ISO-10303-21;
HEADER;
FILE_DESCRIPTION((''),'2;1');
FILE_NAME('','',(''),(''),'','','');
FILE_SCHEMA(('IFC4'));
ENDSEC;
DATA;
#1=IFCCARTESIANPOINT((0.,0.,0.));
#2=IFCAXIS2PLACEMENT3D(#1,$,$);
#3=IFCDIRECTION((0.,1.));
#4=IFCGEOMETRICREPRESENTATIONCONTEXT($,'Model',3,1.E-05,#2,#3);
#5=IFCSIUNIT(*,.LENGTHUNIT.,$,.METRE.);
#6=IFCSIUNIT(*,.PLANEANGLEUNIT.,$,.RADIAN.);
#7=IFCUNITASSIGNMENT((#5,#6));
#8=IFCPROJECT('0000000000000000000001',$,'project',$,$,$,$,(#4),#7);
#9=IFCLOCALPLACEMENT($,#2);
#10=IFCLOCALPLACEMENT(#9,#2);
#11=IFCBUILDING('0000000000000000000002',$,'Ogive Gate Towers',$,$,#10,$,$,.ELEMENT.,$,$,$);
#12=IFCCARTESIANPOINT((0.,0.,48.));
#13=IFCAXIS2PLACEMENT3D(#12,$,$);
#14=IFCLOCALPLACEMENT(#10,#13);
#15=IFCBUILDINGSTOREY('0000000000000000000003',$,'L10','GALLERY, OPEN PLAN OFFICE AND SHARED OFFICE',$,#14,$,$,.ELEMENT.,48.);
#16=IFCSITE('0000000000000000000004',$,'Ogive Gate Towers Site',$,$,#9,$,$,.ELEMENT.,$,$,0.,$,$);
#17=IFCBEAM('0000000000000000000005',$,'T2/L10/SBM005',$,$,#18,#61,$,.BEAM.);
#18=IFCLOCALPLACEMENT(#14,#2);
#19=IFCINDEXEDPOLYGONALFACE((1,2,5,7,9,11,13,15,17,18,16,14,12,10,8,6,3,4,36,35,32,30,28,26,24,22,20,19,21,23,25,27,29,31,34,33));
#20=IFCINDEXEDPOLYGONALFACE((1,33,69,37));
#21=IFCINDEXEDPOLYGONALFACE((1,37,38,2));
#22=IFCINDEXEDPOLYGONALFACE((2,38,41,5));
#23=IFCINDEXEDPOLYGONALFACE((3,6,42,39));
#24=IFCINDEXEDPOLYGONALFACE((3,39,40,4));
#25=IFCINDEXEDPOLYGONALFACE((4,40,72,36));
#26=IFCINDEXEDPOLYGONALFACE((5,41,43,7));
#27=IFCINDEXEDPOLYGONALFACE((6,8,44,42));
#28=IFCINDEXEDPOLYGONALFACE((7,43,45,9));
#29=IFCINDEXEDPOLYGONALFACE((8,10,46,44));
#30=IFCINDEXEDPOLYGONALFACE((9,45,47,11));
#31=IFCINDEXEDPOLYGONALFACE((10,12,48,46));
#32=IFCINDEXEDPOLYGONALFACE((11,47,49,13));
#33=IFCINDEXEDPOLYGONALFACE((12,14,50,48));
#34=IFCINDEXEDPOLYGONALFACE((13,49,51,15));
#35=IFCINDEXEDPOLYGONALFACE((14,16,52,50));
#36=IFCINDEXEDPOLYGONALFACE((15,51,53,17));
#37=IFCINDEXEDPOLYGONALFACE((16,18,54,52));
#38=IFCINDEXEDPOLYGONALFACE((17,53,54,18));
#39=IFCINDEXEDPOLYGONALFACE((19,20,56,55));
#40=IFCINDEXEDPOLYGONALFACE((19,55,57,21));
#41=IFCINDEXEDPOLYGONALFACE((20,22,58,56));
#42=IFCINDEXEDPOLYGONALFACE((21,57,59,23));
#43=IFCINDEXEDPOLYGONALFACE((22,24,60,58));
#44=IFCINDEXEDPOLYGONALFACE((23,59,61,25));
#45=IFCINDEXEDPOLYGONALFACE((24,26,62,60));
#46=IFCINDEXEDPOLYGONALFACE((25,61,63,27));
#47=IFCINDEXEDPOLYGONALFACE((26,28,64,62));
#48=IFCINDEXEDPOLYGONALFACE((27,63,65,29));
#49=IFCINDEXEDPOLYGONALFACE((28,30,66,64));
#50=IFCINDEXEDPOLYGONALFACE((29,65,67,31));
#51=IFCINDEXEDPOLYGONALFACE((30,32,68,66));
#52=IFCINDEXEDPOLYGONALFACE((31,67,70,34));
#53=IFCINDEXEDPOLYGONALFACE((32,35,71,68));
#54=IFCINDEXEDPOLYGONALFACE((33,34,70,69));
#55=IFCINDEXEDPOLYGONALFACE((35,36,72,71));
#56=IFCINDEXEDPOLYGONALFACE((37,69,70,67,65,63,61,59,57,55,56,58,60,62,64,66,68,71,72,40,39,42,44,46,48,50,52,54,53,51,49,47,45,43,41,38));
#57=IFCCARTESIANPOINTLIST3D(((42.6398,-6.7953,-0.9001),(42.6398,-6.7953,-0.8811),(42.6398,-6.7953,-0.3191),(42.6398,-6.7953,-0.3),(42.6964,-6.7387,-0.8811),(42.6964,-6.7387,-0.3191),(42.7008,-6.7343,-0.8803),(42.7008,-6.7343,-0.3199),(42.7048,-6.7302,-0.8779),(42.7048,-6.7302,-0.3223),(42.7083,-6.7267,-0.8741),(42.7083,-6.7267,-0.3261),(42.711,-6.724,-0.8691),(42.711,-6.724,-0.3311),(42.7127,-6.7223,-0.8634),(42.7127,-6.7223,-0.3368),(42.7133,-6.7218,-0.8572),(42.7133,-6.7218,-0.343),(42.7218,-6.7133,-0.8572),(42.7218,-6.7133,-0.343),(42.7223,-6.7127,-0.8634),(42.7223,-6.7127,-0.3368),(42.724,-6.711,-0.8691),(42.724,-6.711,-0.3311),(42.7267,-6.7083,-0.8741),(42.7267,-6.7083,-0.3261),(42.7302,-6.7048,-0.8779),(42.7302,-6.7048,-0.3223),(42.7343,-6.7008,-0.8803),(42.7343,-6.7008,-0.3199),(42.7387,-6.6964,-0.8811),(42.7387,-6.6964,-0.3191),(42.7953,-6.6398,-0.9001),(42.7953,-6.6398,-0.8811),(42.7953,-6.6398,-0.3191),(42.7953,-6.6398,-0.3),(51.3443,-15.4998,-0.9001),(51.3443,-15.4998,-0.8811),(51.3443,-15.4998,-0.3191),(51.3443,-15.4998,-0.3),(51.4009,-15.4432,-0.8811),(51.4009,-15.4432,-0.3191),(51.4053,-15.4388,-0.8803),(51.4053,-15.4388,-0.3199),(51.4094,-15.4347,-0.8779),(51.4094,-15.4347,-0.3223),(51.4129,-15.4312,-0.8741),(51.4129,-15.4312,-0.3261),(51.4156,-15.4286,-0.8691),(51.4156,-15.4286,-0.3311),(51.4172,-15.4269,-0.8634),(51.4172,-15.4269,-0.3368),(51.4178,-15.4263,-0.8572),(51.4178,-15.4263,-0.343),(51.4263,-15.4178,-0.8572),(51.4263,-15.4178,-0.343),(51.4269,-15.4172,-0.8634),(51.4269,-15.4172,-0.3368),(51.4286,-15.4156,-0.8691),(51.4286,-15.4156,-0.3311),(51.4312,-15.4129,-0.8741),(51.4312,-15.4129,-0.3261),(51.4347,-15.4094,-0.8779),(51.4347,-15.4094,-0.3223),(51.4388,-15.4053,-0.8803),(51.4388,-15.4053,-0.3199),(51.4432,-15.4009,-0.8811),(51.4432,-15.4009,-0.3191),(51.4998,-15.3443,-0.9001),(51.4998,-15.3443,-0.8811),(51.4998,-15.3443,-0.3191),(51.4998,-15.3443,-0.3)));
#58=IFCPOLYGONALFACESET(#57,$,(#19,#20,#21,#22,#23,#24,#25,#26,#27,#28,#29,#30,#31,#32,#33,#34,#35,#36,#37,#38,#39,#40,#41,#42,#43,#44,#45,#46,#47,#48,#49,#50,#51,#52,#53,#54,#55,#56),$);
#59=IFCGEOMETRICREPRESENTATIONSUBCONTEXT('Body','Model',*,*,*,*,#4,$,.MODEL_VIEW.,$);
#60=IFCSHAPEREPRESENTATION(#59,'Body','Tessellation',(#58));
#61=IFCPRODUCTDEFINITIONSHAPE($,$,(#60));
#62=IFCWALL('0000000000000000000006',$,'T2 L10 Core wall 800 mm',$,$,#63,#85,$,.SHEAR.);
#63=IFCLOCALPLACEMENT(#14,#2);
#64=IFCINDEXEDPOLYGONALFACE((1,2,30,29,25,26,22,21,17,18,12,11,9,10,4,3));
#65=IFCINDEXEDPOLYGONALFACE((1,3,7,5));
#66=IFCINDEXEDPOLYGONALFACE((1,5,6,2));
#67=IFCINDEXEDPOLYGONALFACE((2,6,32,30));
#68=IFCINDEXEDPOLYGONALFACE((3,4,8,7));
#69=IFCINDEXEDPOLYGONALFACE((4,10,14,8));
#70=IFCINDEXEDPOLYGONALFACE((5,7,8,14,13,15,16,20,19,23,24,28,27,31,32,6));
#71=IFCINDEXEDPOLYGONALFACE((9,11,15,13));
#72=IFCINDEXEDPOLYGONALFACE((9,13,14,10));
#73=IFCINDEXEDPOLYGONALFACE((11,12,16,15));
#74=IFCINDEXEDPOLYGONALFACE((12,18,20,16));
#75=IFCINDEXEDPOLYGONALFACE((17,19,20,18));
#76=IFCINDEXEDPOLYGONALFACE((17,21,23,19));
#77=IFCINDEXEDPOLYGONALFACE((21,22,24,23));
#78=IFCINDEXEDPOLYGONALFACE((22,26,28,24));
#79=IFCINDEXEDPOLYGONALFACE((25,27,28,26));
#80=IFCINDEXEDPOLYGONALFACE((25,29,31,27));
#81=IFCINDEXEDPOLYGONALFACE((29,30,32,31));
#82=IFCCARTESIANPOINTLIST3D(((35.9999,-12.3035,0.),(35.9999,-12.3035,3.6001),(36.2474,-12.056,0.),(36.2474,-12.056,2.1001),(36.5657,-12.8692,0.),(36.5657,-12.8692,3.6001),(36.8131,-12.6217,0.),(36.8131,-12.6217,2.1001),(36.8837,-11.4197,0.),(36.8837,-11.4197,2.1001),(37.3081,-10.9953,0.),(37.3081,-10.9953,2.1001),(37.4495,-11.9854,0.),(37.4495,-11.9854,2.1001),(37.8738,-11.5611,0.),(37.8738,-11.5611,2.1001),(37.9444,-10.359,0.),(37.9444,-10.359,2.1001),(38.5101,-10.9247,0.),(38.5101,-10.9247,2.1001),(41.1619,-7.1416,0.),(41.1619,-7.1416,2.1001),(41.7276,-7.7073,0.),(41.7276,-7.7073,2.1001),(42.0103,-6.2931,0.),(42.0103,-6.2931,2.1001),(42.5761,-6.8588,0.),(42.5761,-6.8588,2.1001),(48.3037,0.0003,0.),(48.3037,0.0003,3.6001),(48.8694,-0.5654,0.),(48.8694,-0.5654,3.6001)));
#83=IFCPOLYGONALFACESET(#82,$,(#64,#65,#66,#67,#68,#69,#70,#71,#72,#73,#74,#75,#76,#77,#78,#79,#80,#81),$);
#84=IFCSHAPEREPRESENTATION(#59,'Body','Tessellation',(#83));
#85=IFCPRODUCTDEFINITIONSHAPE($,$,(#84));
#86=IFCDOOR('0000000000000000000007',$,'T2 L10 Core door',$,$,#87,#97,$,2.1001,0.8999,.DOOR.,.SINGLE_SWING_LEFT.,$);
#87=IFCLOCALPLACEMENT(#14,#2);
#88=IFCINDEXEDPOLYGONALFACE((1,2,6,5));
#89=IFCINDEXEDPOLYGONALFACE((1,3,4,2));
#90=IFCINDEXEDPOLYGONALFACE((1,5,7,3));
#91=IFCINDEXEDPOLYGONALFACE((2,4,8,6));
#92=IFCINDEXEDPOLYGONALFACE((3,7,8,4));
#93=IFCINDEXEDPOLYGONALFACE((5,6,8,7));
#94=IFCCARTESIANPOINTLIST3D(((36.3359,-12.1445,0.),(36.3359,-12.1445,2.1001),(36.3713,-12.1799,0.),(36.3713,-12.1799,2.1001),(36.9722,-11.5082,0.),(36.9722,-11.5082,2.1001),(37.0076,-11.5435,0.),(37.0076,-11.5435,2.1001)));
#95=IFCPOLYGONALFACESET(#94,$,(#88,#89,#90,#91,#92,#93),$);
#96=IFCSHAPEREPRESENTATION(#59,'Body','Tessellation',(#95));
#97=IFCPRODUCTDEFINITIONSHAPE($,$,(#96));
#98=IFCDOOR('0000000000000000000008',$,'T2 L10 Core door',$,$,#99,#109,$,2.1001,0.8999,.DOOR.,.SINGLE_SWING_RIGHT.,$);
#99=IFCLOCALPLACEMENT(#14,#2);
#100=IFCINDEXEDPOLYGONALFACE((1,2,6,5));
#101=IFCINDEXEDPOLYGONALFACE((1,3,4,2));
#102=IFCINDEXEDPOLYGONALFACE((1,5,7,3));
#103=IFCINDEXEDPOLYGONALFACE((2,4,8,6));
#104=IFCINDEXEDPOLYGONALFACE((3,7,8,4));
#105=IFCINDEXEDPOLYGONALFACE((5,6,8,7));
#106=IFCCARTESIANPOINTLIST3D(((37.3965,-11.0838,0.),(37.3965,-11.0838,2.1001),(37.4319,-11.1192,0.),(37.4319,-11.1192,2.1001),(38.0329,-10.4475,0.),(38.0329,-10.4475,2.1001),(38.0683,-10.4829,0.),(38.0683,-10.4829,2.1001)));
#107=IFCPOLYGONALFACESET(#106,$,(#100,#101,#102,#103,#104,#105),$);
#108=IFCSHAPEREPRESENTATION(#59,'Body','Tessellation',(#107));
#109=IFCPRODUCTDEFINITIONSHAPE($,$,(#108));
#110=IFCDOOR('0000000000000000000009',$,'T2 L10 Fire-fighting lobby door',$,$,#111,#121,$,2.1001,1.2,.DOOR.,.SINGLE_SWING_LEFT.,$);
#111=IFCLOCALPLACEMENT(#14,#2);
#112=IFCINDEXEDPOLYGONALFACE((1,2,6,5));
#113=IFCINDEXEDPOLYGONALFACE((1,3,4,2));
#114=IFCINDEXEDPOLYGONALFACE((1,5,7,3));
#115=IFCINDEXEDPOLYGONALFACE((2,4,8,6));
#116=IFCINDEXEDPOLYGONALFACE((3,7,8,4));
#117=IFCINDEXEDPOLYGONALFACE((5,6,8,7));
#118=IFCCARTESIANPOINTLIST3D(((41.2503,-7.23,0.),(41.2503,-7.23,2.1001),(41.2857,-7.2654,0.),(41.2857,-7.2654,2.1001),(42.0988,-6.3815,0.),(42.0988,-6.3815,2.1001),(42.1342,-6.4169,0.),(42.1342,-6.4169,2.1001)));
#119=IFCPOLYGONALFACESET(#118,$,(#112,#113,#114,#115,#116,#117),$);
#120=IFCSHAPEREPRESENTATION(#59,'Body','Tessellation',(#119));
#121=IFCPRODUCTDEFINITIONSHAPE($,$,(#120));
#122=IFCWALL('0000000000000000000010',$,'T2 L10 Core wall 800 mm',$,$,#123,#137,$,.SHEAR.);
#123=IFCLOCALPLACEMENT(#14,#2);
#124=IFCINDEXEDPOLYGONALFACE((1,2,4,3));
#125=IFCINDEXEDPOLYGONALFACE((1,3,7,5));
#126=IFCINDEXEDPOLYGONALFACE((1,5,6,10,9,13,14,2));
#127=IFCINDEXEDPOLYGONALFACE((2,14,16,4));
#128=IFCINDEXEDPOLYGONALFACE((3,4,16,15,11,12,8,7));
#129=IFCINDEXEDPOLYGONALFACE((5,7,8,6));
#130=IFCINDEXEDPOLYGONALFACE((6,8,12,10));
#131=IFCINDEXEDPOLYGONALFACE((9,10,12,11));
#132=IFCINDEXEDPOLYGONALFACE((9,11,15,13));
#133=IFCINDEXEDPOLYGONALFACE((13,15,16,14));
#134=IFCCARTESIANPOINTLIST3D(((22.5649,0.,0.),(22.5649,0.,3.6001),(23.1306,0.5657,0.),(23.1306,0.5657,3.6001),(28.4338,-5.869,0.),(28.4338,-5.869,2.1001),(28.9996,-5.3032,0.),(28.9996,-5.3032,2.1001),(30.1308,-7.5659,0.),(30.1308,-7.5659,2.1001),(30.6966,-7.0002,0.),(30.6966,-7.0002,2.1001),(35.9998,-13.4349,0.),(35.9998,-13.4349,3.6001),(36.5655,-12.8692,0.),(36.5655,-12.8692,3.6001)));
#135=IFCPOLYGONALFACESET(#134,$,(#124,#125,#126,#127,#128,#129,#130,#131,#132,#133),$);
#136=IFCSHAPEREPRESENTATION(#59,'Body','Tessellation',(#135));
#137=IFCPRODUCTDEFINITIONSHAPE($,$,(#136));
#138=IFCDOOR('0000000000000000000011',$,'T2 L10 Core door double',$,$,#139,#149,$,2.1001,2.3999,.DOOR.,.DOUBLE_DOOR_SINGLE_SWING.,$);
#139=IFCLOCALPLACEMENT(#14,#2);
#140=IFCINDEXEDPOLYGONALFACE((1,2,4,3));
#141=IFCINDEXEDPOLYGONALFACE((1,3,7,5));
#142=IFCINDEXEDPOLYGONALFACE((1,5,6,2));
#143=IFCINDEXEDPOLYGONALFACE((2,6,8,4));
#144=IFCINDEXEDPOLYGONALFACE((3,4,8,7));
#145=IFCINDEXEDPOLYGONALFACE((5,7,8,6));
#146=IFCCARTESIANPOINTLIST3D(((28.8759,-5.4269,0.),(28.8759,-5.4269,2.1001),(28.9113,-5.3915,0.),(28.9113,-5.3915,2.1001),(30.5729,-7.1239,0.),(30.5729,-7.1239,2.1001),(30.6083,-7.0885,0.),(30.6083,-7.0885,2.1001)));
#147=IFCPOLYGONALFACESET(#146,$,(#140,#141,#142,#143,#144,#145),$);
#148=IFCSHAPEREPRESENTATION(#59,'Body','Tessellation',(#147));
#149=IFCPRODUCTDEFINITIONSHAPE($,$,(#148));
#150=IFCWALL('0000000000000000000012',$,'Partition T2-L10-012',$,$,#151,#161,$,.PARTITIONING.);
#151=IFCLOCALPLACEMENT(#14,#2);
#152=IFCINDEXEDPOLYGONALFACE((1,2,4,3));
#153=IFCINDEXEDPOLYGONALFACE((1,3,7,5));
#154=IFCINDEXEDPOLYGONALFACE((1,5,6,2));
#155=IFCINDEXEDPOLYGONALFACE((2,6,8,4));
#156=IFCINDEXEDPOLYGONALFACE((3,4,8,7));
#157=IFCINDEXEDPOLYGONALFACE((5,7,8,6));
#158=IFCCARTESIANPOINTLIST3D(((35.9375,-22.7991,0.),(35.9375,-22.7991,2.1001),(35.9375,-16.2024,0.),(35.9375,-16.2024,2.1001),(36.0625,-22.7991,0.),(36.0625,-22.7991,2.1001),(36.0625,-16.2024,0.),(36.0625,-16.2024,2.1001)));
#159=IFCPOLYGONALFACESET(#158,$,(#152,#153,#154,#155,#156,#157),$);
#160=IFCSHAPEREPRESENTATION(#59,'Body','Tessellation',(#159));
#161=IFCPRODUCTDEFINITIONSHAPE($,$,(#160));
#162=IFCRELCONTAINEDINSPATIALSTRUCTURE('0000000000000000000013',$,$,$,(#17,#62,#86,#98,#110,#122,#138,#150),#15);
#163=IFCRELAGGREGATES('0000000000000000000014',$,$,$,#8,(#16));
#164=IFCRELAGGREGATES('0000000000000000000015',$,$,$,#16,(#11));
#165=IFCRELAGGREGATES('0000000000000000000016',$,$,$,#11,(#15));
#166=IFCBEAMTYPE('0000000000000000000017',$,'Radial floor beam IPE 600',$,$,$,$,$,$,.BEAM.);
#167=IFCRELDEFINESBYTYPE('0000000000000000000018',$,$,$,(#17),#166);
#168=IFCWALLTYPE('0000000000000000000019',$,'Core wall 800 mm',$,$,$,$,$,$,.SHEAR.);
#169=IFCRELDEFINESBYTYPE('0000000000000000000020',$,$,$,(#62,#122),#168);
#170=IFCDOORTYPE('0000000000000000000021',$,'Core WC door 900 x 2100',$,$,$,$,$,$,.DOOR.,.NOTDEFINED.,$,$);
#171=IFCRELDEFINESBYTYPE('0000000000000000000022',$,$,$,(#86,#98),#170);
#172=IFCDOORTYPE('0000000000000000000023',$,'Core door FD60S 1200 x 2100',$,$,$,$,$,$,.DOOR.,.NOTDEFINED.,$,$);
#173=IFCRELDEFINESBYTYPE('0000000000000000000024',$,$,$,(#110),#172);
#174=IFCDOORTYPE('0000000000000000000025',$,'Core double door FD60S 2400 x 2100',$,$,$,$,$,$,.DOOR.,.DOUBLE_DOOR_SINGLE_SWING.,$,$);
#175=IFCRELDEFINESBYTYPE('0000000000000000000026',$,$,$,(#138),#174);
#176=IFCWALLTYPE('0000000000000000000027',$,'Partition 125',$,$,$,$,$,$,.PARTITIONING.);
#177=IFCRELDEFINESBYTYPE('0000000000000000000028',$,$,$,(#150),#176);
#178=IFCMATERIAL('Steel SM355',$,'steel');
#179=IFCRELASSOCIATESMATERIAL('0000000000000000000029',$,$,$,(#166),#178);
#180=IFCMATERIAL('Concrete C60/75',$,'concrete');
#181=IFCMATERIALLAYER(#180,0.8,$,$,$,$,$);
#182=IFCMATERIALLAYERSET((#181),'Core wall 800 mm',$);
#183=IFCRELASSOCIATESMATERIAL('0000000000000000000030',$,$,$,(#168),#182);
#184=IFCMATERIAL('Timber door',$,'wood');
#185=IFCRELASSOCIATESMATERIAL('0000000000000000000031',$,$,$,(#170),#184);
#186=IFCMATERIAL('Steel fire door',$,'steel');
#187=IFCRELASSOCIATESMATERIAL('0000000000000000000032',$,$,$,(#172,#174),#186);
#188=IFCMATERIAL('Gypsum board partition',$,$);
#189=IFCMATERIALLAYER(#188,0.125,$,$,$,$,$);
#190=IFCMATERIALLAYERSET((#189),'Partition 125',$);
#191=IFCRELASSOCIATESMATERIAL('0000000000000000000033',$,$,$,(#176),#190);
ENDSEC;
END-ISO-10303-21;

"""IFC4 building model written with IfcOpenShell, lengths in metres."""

from ifc_helpers import new_model, si_unit, direction, frame, frame_2d, origin, origin_2d, place, context, subcontext, project, spatial, rectangle, i_section, extrude, material, layer, layer_set, material_profile, profile_set, type_object, element, fill, save


model = new_model("IFC4")

# Units and contexts
model_context = context("Model", 3, precision=1e-05, world=origin(), true_north=direction((0.0, 1.0)))
body_context = subcontext(model_context, "Body", "Model", "MODEL_VIEW")
ifc_project = project(units=[si_unit("LENGTHUNIT", "METRE"), si_unit("PLANEANGLEUNIT", "RADIAN")], contexts=[model_context])

# Site, building, storey
site_placement = place(None, origin())
site = spatial("IfcSite", under=ifc_project, at=site_placement, Name="Ogive Gate Towers Site", CompositionType="ELEMENT", RefElevation=0.0)
building_placement = place(site_placement, origin())
building = spatial("IfcBuilding", under=site, at=building_placement, Name="Ogive Gate Towers", CompositionType="ELEMENT")
storey_placement = place(building_placement, frame((0.0, 0.0, 48.0)))
storey = spatial("IfcBuildingStorey", under=building, at=storey_placement, Name="L10", Description="GALLERY, OPEN PLAN OFFICE AND SHARED OFFICE", CompositionType="ELEMENT", Elevation=48.0)

# Beam
ifc_material_1 = material(Name="Steel SM355", Category="steel")
ifc_material_profile_1 = material_profile(ifc_material_1, i_section(OverallWidth=0.22, OverallDepth=0.6001, WebThickness=0.012, FlangeThickness=0.019, FilletRadius=0.0239, at=origin_2d()), Name="IPE 600")
ifc_profile_set_1 = profile_set([ifc_material_profile_1], Name="Steel SM355")
beam_type_1 = type_object("IfcBeamType", Name="Radial floor beam IPE 600", PredefinedType="BEAM", material=ifc_profile_set_1)
beam_1_placement = place(storey_placement, frame((42.7175, -6.7175, -0.6001), z_axis=(0.707107, -0.707107, 0.0), x_axis=(0.707107, 0.707107, 0.0)))
element("IfcBeam", 1, at=beam_1_placement, inside=storey, type_object=beam_type_1, Name="T2/L10/SBM005", PredefinedType="BEAM", context=body_context, shape_type="SweptSolid", body=[
    extrude(i_section(OverallWidth=0.22, OverallDepth=0.6001, WebThickness=0.012, FlangeThickness=0.019, FilletRadius=0.0239, at=origin_2d()), origin(), (0.0, 0.0, 1.0), 12.3101),
])

# Wall, openings, doors
ifc_material_2 = material(Name="Concrete C60/75", Category="concrete")
ifc_layer_1 = layer(ifc_material_2, 0.8)
ifc_layer_set_1 = layer_set([ifc_layer_1], Name="Core wall 800 mm")
wall_type_1 = type_object("IfcWallType", Name="Core wall 800 mm", PredefinedType="SHEAR", material=ifc_layer_set_1)
wall_1_placement = place(storey_placement, frame((36.2827, -12.5864, 0.0), z_axis=(0.0, 0.0, 1.0), x_axis=(0.707107, 0.707107, 0.0)))
wall_1 = element("IfcWall", 2, at=wall_1_placement, inside=storey, type_object=wall_type_1, Name="T2 L10 Core wall 800 mm", PredefinedType="SHEAR", context=body_context, shape_type="SweptSolid", body=[
    extrude(rectangle(XDim=17.4001, YDim=0.8, at=frame_2d((8.7002, 0.0))), origin(), (0.0, 0.0, 1.0), 3.6001),
])
opening_1_placement = place(wall_1_placement, frame((7.3, 0.0, 0.0)))
opening_1 = element("IfcOpeningElement", 3, at=opening_1_placement, cuts=wall_1, PredefinedType="OPENING", context=body_context, shape_type="SweptSolid", body=[
    extrude(rectangle(XDim=1.2, YDim=2.1001, at=frame_2d((0.6001, 1.05))), frame((0.0, 0.4102, 0.0), z_axis=(0.0, -1.0, 0.0), x_axis=(1.0, 0.0, 0.0)), (0.0, 0.0, 1.0), 0.8201),
])
opening_2_placement = place(wall_1_placement, frame((0.3501, 0.0, 0.0)))
opening_2 = element("IfcOpeningElement", 4, at=opening_2_placement, cuts=wall_1, PredefinedType="OPENING", context=body_context, shape_type="SweptSolid", body=[
    extrude(rectangle(XDim=0.8999, YDim=2.1001, at=frame_2d((0.45, 1.05))), frame((0.0, 0.4102, 0.0), z_axis=(0.0, -1.0, 0.0), x_axis=(1.0, 0.0, 0.0)), (0.0, 0.0, 1.0), 0.8201),
])
opening_3_placement = place(wall_1_placement, frame((1.8501, 0.0, 0.0)))
opening_3 = element("IfcOpeningElement", 5, at=opening_3_placement, cuts=wall_1, PredefinedType="OPENING", context=body_context, shape_type="SweptSolid", body=[
    extrude(rectangle(XDim=0.8999, YDim=2.1001, at=frame_2d((0.45, 1.05))), frame((0.0, 0.4102, 0.0), z_axis=(0.0, -1.0, 0.0), x_axis=(1.0, 0.0, 0.0)), (0.0, 0.0, 1.0), 0.8201),
])
ifc_material_3 = material(Name="Timber door", Category="wood")
door_type_1 = type_object("IfcDoorType", Name="Core WC door 900 x 2100", OperationType="NOTDEFINED", PredefinedType="DOOR", material=ifc_material_3)
door_1_placement = place(opening_2_placement, origin())
door_1 = element("IfcDoor", 6, at=door_1_placement, inside=storey, type_object=door_type_1, Name="T2 L10 Core door", OperationType="SINGLE_SWING_LEFT", OverallHeight=2.1001, OverallWidth=0.8999, PredefinedType="DOOR", context=body_context, shape_type="SweptSolid", body=[
    extrude(rectangle(XDim=0.8999, YDim=2.1001, at=frame_2d((0.45, 1.05))), frame((0.0, 0.2749, 0.0), z_axis=(0.0, -1.0, 0.0), x_axis=(1.0, 0.0, 0.0)), (0.0, 0.0, 1.0), 0.05),
])
fill(opening_2, door_1)
door_2_placement = place(opening_3_placement, origin())
door_2 = element("IfcDoor", 7, at=door_2_placement, inside=storey, type_object=door_type_1, Name="T2 L10 Core door", OperationType="SINGLE_SWING_RIGHT", OverallHeight=2.1001, OverallWidth=0.8999, PredefinedType="DOOR", context=body_context, shape_type="SweptSolid", body=[
    extrude(rectangle(XDim=0.8999, YDim=2.1001, at=frame_2d((0.45, 1.05))), frame((0.0, 0.2749, 0.0), z_axis=(0.0, -1.0, 0.0), x_axis=(1.0, 0.0, 0.0)), (0.0, 0.0, 1.0), 0.05),
])
fill(opening_3, door_2)
ifc_material_4 = material(Name="Steel fire door", Category="steel")
door_type_2 = type_object("IfcDoorType", Name="Core door FD60S 1200 x 2100", OperationType="NOTDEFINED", PredefinedType="DOOR", material=ifc_material_4)
door_3_placement = place(opening_1_placement, origin())
door_3 = element("IfcDoor", 8, at=door_3_placement, inside=storey, type_object=door_type_2, Name="T2 L10 Fire-fighting lobby door", OperationType="SINGLE_SWING_LEFT", OverallHeight=2.1001, OverallWidth=1.2, PredefinedType="DOOR", context=body_context, shape_type="SweptSolid", body=[
    extrude(rectangle(XDim=1.2, YDim=2.1001, at=frame_2d((0.6001, 1.05))), frame((0.0, 0.2749, 0.0), z_axis=(0.0, -1.0, 0.0), x_axis=(1.0, 0.0, 0.0)), (0.0, 0.0, 1.0), 0.05),
])
fill(opening_1, door_3)

# Wall, opening, door
wall_2_placement = place(storey_placement, frame((36.2827, -13.1521, 0.0), z_axis=(0.0, 0.0, 1.0), x_axis=(-0.707107, 0.707107, 0.0)))
wall_2 = element("IfcWall", 9, at=wall_2_placement, inside=storey, type_object=wall_type_1, Name="T2 L10 Core wall 800 mm", PredefinedType="SHEAR", context=body_context, shape_type="SweptSolid", body=[
    extrude(rectangle(XDim=18.9998, YDim=0.8, at=frame_2d((9.5, 0.0))), origin(), (0.0, 0.0, 1.0), 3.6001),
])
opening_4_placement = place(wall_2_placement, frame((8.3, 0.0, 0.0)))
opening_4 = element("IfcOpeningElement", 10, at=opening_4_placement, cuts=wall_2, PredefinedType="OPENING", context=body_context, shape_type="SweptSolid", body=[
    extrude(rectangle(XDim=2.3999, YDim=2.1001, at=frame_2d((1.2, 1.05))), frame((0.0, 0.4102, 0.0), z_axis=(0.0, -1.0, 0.0), x_axis=(1.0, 0.0, 0.0)), (0.0, 0.0, 1.0), 0.8201),
])
door_type_3 = type_object("IfcDoorType", Name="Core double door FD60S 2400 x 2100", OperationType="DOUBLE_DOOR_SINGLE_SWING", PredefinedType="DOOR", material=ifc_material_4)
door_4_placement = place(opening_4_placement, origin())
door_4 = element("IfcDoor", 11, at=door_4_placement, inside=storey, type_object=door_type_3, Name="T2 L10 Core door double", OperationType="DOUBLE_DOOR_SINGLE_SWING", OverallHeight=2.1001, OverallWidth=2.3999, PredefinedType="DOOR", context=body_context, shape_type="SweptSolid", body=[
    extrude(rectangle(XDim=2.3999, YDim=2.1001, at=frame_2d((1.2, 1.05))), frame((0.0, -0.2251, 0.0), z_axis=(0.0, -1.0, 0.0), x_axis=(1.0, 0.0, 0.0)), (0.0, 0.0, 1.0), 0.05),
])
fill(opening_4, door_4)

# Wall
ifc_material_5 = material(Name="Gypsum board partition")
ifc_layer_2 = layer(ifc_material_5, 0.125)
ifc_layer_set_2 = layer_set([ifc_layer_2], Name="Partition 125")
wall_type_2 = type_object("IfcWallType", Name="Partition 125", PredefinedType="PARTITIONING", material=ifc_layer_set_2)
wall_3_placement = place(storey_placement, frame((36.0, -22.7991, 0.0), z_axis=(0.0, 0.0, 1.0), x_axis=(0.0, 1.0, 0.0)))
element("IfcWall", 12, at=wall_3_placement, inside=storey, type_object=wall_type_2, Name="Partition T2-L10-012", PredefinedType="PARTITIONING", context=body_context, shape_type="SweptSolid", body=[
    extrude(rectangle(XDim=6.5967, YDim=0.125, at=frame_2d((3.2983, 0.0))), origin(), (0.0, 0.0, 1.0), 2.1001),
])

save(model, "model.ifc")
